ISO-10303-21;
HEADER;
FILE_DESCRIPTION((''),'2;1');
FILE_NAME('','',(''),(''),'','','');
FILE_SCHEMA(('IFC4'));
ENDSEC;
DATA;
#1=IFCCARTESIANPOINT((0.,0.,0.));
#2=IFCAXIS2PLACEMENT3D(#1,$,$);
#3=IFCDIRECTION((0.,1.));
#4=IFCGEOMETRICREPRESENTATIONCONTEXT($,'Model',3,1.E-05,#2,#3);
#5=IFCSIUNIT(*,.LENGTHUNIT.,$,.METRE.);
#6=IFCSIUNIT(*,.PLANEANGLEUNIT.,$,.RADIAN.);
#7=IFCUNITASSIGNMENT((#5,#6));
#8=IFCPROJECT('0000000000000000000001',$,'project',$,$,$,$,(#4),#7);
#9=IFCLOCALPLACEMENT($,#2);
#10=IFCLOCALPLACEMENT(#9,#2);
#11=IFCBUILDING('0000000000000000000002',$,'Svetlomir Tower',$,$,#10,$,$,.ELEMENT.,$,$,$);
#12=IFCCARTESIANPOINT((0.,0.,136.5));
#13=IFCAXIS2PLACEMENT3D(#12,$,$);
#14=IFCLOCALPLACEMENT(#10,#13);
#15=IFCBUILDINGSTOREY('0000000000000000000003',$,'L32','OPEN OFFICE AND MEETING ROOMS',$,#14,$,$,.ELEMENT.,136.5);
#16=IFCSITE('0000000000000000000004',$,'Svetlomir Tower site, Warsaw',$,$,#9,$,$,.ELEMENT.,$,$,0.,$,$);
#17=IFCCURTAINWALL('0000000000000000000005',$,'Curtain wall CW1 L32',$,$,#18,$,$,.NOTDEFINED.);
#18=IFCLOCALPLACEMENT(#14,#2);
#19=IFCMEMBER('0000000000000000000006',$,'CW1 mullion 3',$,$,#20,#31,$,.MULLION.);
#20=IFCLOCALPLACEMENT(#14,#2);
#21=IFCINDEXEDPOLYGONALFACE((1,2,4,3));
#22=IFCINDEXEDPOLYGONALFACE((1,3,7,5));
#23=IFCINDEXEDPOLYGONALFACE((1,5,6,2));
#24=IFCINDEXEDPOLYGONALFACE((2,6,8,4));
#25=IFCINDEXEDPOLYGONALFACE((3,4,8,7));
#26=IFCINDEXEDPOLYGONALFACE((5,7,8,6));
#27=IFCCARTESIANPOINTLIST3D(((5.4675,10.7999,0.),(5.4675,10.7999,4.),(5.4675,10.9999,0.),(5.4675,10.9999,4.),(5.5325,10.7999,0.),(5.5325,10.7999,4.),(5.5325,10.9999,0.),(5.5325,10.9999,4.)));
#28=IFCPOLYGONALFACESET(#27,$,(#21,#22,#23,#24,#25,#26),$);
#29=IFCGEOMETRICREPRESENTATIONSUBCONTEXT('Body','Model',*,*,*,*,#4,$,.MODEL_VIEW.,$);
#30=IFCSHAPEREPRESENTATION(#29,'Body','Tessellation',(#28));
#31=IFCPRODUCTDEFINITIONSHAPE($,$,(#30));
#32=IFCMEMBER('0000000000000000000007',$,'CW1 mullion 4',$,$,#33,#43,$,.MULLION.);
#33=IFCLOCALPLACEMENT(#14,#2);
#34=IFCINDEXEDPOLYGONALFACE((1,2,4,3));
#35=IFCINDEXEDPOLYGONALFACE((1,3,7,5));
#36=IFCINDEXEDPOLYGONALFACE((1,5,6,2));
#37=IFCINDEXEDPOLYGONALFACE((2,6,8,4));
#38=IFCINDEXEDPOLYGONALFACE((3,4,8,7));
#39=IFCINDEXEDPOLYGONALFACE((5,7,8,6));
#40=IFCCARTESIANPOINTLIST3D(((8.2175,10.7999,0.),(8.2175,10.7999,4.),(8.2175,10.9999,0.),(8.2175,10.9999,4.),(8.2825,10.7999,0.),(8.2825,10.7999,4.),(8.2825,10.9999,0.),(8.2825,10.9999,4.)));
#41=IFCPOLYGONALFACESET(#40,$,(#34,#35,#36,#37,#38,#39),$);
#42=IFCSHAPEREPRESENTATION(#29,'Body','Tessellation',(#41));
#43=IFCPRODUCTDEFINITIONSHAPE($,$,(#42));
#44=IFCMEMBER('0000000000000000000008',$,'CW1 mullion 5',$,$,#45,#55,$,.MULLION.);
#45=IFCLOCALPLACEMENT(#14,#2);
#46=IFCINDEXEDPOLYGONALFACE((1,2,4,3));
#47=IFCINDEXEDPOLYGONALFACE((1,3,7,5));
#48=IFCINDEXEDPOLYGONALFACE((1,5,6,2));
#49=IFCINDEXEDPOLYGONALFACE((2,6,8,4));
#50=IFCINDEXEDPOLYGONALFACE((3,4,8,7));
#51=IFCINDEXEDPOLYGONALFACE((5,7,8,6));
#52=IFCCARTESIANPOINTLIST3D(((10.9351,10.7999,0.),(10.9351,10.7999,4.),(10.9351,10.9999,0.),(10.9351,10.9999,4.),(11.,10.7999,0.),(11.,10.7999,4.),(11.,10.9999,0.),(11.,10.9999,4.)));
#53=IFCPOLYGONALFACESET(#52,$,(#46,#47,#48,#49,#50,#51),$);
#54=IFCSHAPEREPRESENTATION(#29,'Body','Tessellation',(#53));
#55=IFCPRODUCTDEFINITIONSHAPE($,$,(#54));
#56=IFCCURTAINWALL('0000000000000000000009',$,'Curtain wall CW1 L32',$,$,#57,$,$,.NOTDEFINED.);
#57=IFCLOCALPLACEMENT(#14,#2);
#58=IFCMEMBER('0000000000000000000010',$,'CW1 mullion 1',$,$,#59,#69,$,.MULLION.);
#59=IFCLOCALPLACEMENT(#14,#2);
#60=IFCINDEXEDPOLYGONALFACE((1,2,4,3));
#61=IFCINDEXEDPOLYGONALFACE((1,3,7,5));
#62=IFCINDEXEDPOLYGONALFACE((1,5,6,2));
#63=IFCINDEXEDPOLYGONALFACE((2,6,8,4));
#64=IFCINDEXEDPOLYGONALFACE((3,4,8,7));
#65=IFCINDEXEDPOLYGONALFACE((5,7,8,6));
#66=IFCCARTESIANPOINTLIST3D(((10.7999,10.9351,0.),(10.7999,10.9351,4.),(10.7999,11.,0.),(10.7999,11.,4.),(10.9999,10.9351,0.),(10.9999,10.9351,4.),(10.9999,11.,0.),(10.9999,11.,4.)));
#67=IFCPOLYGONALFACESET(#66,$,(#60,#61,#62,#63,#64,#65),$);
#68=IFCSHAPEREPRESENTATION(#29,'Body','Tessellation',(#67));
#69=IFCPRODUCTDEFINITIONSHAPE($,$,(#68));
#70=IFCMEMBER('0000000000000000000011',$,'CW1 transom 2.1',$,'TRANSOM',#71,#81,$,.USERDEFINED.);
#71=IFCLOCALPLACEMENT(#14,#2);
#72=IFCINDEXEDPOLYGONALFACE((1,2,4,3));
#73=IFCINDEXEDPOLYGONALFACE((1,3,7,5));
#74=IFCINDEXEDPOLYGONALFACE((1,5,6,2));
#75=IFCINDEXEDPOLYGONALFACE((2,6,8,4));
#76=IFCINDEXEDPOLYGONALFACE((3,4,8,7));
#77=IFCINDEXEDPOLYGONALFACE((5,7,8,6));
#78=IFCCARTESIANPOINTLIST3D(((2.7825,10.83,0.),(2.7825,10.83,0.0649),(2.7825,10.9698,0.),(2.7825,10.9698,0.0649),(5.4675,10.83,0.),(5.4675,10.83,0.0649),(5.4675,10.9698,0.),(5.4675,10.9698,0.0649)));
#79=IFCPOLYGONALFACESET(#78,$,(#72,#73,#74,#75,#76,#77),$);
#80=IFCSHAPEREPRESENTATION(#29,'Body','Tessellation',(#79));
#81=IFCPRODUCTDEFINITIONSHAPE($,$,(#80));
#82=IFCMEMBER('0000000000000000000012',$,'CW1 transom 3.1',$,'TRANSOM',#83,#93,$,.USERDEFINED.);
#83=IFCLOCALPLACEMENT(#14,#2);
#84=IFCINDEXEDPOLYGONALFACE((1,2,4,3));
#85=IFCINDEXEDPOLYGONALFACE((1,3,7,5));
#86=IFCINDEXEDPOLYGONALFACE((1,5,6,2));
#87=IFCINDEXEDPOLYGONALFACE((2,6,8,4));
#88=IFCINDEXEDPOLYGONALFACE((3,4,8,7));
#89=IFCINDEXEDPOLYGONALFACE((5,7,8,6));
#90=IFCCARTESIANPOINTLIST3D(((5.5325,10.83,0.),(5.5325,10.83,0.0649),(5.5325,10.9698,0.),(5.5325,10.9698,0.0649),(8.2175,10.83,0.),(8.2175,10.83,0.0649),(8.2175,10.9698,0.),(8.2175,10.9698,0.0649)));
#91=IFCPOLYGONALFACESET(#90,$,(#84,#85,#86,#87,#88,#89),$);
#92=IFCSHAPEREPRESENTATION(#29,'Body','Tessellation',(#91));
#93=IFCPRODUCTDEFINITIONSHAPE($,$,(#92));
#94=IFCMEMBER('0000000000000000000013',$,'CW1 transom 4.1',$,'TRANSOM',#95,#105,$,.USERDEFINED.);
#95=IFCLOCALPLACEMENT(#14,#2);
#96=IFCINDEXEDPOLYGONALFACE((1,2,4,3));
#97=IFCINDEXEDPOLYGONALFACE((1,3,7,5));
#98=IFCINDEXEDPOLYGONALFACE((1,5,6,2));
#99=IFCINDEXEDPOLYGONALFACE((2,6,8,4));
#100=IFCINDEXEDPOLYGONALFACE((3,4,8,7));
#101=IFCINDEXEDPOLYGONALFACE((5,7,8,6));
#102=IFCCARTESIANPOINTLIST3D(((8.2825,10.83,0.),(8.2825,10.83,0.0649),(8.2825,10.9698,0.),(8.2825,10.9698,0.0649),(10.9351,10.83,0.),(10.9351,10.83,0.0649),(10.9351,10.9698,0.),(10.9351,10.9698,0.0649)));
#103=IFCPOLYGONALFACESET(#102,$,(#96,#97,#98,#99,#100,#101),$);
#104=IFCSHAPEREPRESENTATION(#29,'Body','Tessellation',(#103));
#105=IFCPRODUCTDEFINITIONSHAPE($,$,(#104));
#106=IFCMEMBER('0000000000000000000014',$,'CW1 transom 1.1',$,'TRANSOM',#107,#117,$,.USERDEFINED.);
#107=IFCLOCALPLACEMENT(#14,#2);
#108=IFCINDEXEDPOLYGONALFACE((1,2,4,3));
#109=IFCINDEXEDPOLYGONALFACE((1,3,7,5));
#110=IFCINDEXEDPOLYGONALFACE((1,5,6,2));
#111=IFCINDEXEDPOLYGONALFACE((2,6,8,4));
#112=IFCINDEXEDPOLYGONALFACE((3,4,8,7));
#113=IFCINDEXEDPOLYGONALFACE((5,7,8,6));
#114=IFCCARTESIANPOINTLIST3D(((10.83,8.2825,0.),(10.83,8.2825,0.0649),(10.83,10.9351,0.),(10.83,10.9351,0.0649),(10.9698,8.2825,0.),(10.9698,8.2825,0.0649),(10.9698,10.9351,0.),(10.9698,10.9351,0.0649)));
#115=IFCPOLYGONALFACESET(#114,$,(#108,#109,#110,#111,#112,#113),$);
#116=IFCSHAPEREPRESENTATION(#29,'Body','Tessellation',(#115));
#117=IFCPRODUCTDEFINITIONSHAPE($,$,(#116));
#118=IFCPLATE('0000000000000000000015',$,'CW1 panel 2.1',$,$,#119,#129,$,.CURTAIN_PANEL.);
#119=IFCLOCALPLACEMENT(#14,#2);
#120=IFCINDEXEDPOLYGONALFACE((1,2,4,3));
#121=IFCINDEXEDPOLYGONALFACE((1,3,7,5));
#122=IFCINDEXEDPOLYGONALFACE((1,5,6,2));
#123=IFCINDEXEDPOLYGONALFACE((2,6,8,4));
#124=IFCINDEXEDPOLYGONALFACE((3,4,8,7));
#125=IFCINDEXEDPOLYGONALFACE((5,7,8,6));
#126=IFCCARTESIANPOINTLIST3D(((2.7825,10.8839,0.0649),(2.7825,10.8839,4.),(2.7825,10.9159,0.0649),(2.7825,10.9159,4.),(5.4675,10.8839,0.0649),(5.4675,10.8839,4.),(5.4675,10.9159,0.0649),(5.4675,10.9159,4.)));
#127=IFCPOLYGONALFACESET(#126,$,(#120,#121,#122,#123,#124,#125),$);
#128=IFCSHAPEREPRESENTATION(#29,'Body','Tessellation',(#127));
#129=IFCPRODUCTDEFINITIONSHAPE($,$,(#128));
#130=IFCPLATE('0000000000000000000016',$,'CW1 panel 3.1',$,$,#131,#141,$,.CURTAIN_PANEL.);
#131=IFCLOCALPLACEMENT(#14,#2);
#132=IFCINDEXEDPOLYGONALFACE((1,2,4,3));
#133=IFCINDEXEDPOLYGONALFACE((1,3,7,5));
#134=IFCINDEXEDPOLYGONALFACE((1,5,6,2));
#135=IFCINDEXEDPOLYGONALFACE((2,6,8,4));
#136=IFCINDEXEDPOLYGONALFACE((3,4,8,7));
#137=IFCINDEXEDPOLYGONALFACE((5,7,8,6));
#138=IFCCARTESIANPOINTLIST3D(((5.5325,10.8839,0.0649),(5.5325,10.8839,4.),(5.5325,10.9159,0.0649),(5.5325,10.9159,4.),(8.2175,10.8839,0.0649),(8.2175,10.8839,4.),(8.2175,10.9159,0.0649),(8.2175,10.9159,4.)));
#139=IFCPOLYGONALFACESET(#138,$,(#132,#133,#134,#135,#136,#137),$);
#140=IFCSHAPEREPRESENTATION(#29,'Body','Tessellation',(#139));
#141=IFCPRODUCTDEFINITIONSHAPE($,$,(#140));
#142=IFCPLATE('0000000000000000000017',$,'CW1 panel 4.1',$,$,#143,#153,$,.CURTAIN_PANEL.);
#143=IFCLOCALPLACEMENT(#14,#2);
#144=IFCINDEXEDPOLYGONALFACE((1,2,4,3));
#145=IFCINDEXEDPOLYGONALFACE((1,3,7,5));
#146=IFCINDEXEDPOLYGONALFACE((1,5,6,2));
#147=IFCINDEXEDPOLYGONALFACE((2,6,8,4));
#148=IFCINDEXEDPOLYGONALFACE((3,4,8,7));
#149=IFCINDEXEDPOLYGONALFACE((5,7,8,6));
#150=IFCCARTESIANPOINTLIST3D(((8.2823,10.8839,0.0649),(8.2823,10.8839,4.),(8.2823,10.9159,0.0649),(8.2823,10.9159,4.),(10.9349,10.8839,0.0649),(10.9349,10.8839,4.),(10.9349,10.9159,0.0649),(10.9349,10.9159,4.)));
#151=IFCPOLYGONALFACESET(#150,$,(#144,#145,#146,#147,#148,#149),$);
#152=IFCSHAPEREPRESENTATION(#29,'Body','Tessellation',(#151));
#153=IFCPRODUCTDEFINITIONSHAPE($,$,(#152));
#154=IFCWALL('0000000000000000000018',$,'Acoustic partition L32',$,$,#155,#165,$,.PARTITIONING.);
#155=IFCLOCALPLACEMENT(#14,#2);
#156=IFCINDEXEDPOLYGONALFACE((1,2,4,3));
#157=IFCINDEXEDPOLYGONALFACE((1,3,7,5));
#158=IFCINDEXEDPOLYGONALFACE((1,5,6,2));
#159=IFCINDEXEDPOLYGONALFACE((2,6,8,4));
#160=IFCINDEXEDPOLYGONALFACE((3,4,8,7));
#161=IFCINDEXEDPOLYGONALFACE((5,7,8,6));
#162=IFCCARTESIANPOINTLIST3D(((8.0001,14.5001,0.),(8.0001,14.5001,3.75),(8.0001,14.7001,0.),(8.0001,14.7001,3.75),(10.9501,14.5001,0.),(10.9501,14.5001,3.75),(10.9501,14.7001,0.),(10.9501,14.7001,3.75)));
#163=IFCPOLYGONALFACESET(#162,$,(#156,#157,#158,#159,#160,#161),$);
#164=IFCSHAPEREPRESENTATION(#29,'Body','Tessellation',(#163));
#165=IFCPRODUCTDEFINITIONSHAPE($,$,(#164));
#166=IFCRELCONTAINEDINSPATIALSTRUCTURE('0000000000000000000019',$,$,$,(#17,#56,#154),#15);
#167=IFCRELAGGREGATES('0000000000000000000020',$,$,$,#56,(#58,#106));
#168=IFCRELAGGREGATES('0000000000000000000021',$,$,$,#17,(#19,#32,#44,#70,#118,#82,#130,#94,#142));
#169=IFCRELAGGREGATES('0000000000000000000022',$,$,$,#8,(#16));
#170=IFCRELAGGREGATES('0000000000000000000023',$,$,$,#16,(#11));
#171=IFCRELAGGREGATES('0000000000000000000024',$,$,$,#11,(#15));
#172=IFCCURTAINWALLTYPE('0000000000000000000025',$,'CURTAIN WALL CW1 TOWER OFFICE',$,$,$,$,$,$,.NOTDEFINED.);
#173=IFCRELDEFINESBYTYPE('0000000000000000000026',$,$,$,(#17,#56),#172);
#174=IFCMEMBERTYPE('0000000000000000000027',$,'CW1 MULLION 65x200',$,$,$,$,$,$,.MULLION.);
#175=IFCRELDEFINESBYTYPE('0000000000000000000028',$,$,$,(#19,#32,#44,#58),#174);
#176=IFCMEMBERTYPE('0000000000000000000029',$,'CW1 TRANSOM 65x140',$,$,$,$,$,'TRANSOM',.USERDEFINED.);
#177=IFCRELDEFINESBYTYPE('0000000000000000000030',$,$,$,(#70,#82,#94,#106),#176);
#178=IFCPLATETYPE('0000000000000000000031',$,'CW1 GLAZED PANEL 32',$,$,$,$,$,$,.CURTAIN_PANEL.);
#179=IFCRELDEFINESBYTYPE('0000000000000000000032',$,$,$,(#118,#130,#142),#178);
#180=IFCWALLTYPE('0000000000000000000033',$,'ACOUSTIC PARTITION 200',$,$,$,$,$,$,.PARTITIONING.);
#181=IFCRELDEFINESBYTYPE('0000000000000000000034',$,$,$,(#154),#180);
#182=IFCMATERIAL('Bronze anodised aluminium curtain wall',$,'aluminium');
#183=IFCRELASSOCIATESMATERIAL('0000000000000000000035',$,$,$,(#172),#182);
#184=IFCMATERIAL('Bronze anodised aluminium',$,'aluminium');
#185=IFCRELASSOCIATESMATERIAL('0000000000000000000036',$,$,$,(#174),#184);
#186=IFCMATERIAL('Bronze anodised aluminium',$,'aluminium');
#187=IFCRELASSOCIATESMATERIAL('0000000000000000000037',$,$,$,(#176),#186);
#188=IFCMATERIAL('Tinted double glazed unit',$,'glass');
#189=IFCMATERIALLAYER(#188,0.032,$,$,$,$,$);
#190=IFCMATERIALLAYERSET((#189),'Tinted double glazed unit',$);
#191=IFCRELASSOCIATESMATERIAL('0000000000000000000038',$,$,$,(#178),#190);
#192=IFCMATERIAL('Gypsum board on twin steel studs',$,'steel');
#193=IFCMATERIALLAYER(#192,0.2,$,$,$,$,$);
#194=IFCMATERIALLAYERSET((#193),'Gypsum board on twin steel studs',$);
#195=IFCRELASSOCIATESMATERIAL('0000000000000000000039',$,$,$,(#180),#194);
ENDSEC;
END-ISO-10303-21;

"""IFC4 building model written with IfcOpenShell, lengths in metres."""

from ifc_helpers import new_model, si_unit, direction, frame, frame_2d, origin, origin_2d, place, context, subcontext, project, spatial, rectangle, extrude, material, layer, layer_set, material_profile, profile_set, type_object, element, aggregate, save


model = new_model("IFC4")

# Units and contexts
model_context = context("Model", 3, precision=1e-05, world=origin(), true_north=direction((0.0, 1.0)))
body_context = subcontext(model_context, "Body", "Model", "MODEL_VIEW")
ifc_project = project(units=[si_unit("LENGTHUNIT", "METRE"), si_unit("PLANEANGLEUNIT", "RADIAN")], contexts=[model_context])

# Site, building, storey
site_placement = place(None, origin())
site = spatial("IfcSite", under=ifc_project, at=site_placement, Name="Svetlomir Tower site, Warsaw", CompositionType="ELEMENT", RefElevation=0.0)
building_placement = place(site_placement, origin())
building = spatial("IfcBuilding", under=site, at=building_placement, Name="Svetlomir Tower", CompositionType="ELEMENT")
storey_placement = place(building_placement, frame((0.0, 0.0, 136.5)))
storey = spatial("IfcBuildingStorey", under=building, at=storey_placement, Name="L32", Description="OPEN OFFICE AND MEETING ROOMS", CompositionType="ELEMENT", Elevation=136.5)

# Curtain wall, members
ifc_material_1 = material(Name="Bronze anodised aluminium curtain wall", Category="aluminium")
curtain_wall_type = type_object("IfcCurtainWallType", Name="CURTAIN WALL CW1 TOWER OFFICE", PredefinedType="NOTDEFINED", material=ifc_material_1)
curtain_wall_1_placement = place(storey_placement, origin())
curtain_wall_1 = element("IfcCurtainWall", 1, at=curtain_wall_1_placement, inside=storey, type_object=curtain_wall_type, Name="Curtain wall CW1 L32", PredefinedType="NOTDEFINED")
ifc_material_2 = material(Name="Bronze anodised aluminium", Category="aluminium")
ifc_material_profile_1 = material_profile(ifc_material_2, rectangle(XDim=0.0649, YDim=0.2, at=origin_2d()), Name="AL 65x200")
ifc_profile_set_1 = profile_set([ifc_material_profile_1], Name="Bronze anodised aluminium 6063-T6")
member_type_1 = type_object("IfcMemberType", Name="CW1 MULLION 65x200", PredefinedType="MULLION", material=ifc_profile_set_1)
member_1_placement = place(storey_placement, frame((5.5, 10.8999, 0.0), z_axis=(0.0, 0.0, 1.0), x_axis=(1.0, 0.0, 0.0)))
member_1 = element("IfcMember", 2, at=member_1_placement, type_object=member_type_1, Name="CW1 mullion 3", PredefinedType="MULLION", context=body_context, shape_type="SweptSolid", body=[
    extrude(rectangle(XDim=0.0649, YDim=0.2, at=origin_2d()), origin(), (0.0, 0.0, 1.0), 4.0),
])
member_2_placement = place(storey_placement, frame((8.25, 10.8999, 0.0), z_axis=(0.0, 0.0, 1.0), x_axis=(1.0, 0.0, 0.0)))
member_2 = element("IfcMember", 3, at=member_2_placement, type_object=member_type_1, Name="CW1 mullion 4", PredefinedType="MULLION", context=body_context, shape_type="SweptSolid", body=[
    extrude(rectangle(XDim=0.0649, YDim=0.2, at=origin_2d()), origin(), (0.0, 0.0, 1.0), 4.0),
])
member_3_placement = place(storey_placement, frame((10.9675, 10.8999, 0.0), z_axis=(0.0, 0.0, 1.0), x_axis=(1.0, 0.0, 0.0)))
member_3 = element("IfcMember", 4, at=member_3_placement, type_object=member_type_1, Name="CW1 mullion 5", PredefinedType="MULLION", context=body_context, shape_type="SweptSolid", body=[
    extrude(rectangle(XDim=0.0649, YDim=0.2, at=origin_2d()), origin(), (0.0, 0.0, 1.0), 4.0),
])

# Curtain wall, member
curtain_wall_2_placement = place(storey_placement, origin())
curtain_wall_2 = element("IfcCurtainWall", 5, at=curtain_wall_2_placement, inside=storey, type_object=curtain_wall_type, Name="Curtain wall CW1 L32", PredefinedType="NOTDEFINED")
member_4_placement = place(storey_placement, frame((10.8999, 10.9675, 0.0), z_axis=(0.0, 0.0, 1.0), x_axis=(0.0, -1.0, 0.0)))
member_4 = element("IfcMember", 6, at=member_4_placement, type_object=member_type_1, Name="CW1 mullion 1", PredefinedType="MULLION", context=body_context, shape_type="SweptSolid", body=[
    extrude(rectangle(XDim=0.0649, YDim=0.2, at=origin_2d()), origin(), (0.0, 0.0, 1.0), 4.0),
])

# Members
ifc_material_3 = material(Name="Bronze anodised aluminium", Category="aluminium")
ifc_material_profile_2 = material_profile(ifc_material_3, rectangle(XDim=0.1399, YDim=0.0649, at=origin_2d()), Name="AL 140x65")
ifc_profile_set_2 = profile_set([ifc_material_profile_2], Name="Bronze anodised aluminium 6063-T6")
member_type_2 = type_object("IfcMemberType", Name="CW1 TRANSOM 65x140", ElementType="TRANSOM", PredefinedType="USERDEFINED", material=ifc_profile_set_2)
member_5_placement = place(storey_placement, frame((2.7825, 10.8999, 0.0325), z_axis=(1.0, 0.0, 0.0), x_axis=(0.0, 1.0, 0.0)))
member_5 = element("IfcMember", 7, at=member_5_placement, type_object=member_type_2, Name="CW1 transom 2.1", ObjectType="TRANSOM", PredefinedType="USERDEFINED", context=body_context, shape_type="SweptSolid", body=[
    extrude(rectangle(XDim=0.1399, YDim=0.0649, at=origin_2d()), origin(), (0.0, 0.0, 1.0), 2.6851),
])
member_6_placement = place(storey_placement, frame((5.5325, 10.8999, 0.0325), z_axis=(1.0, 0.0, 0.0), x_axis=(0.0, 1.0, 0.0)))
member_6 = element("IfcMember", 8, at=member_6_placement, type_object=member_type_2, Name="CW1 transom 3.1", ObjectType="TRANSOM", PredefinedType="USERDEFINED", context=body_context, shape_type="SweptSolid", body=[
    extrude(rectangle(XDim=0.1399, YDim=0.0649, at=origin_2d()), origin(), (0.0, 0.0, 1.0), 2.6851),
])
member_7_placement = place(storey_placement, frame((8.2825, 10.8999, 0.0325), z_axis=(1.0, 0.0, 0.0), x_axis=(0.0, 1.0, 0.0)))
member_7 = element("IfcMember", 9, at=member_7_placement, type_object=member_type_2, Name="CW1 transom 4.1", ObjectType="TRANSOM", PredefinedType="USERDEFINED", context=body_context, shape_type="SweptSolid", body=[
    extrude(rectangle(XDim=0.1399, YDim=0.0649, at=origin_2d()), origin(), (0.0, 0.0, 1.0), 2.6526),
])
member_8_placement = place(storey_placement, frame((10.8999, 10.9351, 0.0325), z_axis=(0.0, -1.0, 0.0), x_axis=(1.0, 0.0, 0.0)))
member_8 = element("IfcMember", 10, at=member_8_placement, type_object=member_type_2, Name="CW1 transom 1.1", ObjectType="TRANSOM", PredefinedType="USERDEFINED", context=body_context, shape_type="SweptSolid", body=[
    extrude(rectangle(XDim=0.1399, YDim=0.0649, at=origin_2d()), origin(), (0.0, 0.0, 1.0), 2.6526),
])
aggregate(curtain_wall_2, [member_4, member_8])

# Plates
ifc_material_4 = material(Name="Tinted double glazed unit", Category="glass")
ifc_layer_1 = layer(ifc_material_4, 0.032)
ifc_layer_set_1 = layer_set([ifc_layer_1], Name="Tinted double glazed unit")
plate_type = type_object("IfcPlateType", Name="CW1 GLAZED PANEL 32", PredefinedType="CURTAIN_PANEL", material=ifc_layer_set_1)
plate_1_placement = place(storey_placement, frame((4.125, 10.8999, 0.0649), z_axis=(0.0, 0.0, 1.0), x_axis=(1.0, 0.0, 0.0)))
plate_1 = element("IfcPlate", 11, at=plate_1_placement, type_object=plate_type, Name="CW1 panel 2.1", PredefinedType="CURTAIN_PANEL", context=body_context, shape_type="SweptSolid", body=[
    extrude(rectangle(XDim=2.6851, YDim=0.032, at=origin_2d()), origin(), (0.0, 0.0, 1.0), 3.9351),
])
plate_2_placement = place(storey_placement, frame((6.875, 10.8999, 0.0649), z_axis=(0.0, 0.0, 1.0), x_axis=(1.0, 0.0, 0.0)))
plate_2 = element("IfcPlate", 12, at=plate_2_placement, type_object=plate_type, Name="CW1 panel 3.1", PredefinedType="CURTAIN_PANEL", context=body_context, shape_type="SweptSolid", body=[
    extrude(rectangle(XDim=2.6851, YDim=0.032, at=origin_2d()), origin(), (0.0, 0.0, 1.0), 3.9351),
])
plate_3_placement = place(storey_placement, frame((9.6086, 10.8999, 0.0649), z_axis=(0.0, 0.0, 1.0), x_axis=(1.0, 0.0, 0.0)))
plate_3 = element("IfcPlate", 13, at=plate_3_placement, type_object=plate_type, Name="CW1 panel 4.1", PredefinedType="CURTAIN_PANEL", context=body_context, shape_type="SweptSolid", body=[
    extrude(rectangle(XDim=2.6526, YDim=0.032, at=origin_2d()), origin(), (0.0, 0.0, 1.0), 3.9351),
])
aggregate(curtain_wall_1, [member_1, member_2, member_3, member_5, plate_1, member_6, plate_2, member_7, plate_3])

# Wall
ifc_material_5 = material(Name="Gypsum board on twin steel studs", Category="steel")
ifc_layer_2 = layer(ifc_material_5, 0.2)
ifc_layer_set_2 = layer_set([ifc_layer_2], Name="Gypsum board on twin steel studs")
wall_type_1 = type_object("IfcWallType", Name="ACOUSTIC PARTITION 200", PredefinedType="PARTITIONING", material=ifc_layer_set_2)
wall_1_placement = place(storey_placement, frame((8.0, 14.6001, 0.0), z_axis=(0.0, 0.0, 1.0), x_axis=(1.0, 0.0, 0.0)))
element("IfcWall", 14, at=wall_1_placement, inside=storey, type_object=wall_type_1, Name="Acoustic partition L32", PredefinedType="PARTITIONING", context=body_context, shape_type="SweptSolid", body=[
    extrude(rectangle(XDim=2.95, YDim=0.2, at=frame_2d((1.4751, 0.0))), origin(), (0.0, 0.0, 1.0), 3.75),
])

save(model, "model.ifc")
